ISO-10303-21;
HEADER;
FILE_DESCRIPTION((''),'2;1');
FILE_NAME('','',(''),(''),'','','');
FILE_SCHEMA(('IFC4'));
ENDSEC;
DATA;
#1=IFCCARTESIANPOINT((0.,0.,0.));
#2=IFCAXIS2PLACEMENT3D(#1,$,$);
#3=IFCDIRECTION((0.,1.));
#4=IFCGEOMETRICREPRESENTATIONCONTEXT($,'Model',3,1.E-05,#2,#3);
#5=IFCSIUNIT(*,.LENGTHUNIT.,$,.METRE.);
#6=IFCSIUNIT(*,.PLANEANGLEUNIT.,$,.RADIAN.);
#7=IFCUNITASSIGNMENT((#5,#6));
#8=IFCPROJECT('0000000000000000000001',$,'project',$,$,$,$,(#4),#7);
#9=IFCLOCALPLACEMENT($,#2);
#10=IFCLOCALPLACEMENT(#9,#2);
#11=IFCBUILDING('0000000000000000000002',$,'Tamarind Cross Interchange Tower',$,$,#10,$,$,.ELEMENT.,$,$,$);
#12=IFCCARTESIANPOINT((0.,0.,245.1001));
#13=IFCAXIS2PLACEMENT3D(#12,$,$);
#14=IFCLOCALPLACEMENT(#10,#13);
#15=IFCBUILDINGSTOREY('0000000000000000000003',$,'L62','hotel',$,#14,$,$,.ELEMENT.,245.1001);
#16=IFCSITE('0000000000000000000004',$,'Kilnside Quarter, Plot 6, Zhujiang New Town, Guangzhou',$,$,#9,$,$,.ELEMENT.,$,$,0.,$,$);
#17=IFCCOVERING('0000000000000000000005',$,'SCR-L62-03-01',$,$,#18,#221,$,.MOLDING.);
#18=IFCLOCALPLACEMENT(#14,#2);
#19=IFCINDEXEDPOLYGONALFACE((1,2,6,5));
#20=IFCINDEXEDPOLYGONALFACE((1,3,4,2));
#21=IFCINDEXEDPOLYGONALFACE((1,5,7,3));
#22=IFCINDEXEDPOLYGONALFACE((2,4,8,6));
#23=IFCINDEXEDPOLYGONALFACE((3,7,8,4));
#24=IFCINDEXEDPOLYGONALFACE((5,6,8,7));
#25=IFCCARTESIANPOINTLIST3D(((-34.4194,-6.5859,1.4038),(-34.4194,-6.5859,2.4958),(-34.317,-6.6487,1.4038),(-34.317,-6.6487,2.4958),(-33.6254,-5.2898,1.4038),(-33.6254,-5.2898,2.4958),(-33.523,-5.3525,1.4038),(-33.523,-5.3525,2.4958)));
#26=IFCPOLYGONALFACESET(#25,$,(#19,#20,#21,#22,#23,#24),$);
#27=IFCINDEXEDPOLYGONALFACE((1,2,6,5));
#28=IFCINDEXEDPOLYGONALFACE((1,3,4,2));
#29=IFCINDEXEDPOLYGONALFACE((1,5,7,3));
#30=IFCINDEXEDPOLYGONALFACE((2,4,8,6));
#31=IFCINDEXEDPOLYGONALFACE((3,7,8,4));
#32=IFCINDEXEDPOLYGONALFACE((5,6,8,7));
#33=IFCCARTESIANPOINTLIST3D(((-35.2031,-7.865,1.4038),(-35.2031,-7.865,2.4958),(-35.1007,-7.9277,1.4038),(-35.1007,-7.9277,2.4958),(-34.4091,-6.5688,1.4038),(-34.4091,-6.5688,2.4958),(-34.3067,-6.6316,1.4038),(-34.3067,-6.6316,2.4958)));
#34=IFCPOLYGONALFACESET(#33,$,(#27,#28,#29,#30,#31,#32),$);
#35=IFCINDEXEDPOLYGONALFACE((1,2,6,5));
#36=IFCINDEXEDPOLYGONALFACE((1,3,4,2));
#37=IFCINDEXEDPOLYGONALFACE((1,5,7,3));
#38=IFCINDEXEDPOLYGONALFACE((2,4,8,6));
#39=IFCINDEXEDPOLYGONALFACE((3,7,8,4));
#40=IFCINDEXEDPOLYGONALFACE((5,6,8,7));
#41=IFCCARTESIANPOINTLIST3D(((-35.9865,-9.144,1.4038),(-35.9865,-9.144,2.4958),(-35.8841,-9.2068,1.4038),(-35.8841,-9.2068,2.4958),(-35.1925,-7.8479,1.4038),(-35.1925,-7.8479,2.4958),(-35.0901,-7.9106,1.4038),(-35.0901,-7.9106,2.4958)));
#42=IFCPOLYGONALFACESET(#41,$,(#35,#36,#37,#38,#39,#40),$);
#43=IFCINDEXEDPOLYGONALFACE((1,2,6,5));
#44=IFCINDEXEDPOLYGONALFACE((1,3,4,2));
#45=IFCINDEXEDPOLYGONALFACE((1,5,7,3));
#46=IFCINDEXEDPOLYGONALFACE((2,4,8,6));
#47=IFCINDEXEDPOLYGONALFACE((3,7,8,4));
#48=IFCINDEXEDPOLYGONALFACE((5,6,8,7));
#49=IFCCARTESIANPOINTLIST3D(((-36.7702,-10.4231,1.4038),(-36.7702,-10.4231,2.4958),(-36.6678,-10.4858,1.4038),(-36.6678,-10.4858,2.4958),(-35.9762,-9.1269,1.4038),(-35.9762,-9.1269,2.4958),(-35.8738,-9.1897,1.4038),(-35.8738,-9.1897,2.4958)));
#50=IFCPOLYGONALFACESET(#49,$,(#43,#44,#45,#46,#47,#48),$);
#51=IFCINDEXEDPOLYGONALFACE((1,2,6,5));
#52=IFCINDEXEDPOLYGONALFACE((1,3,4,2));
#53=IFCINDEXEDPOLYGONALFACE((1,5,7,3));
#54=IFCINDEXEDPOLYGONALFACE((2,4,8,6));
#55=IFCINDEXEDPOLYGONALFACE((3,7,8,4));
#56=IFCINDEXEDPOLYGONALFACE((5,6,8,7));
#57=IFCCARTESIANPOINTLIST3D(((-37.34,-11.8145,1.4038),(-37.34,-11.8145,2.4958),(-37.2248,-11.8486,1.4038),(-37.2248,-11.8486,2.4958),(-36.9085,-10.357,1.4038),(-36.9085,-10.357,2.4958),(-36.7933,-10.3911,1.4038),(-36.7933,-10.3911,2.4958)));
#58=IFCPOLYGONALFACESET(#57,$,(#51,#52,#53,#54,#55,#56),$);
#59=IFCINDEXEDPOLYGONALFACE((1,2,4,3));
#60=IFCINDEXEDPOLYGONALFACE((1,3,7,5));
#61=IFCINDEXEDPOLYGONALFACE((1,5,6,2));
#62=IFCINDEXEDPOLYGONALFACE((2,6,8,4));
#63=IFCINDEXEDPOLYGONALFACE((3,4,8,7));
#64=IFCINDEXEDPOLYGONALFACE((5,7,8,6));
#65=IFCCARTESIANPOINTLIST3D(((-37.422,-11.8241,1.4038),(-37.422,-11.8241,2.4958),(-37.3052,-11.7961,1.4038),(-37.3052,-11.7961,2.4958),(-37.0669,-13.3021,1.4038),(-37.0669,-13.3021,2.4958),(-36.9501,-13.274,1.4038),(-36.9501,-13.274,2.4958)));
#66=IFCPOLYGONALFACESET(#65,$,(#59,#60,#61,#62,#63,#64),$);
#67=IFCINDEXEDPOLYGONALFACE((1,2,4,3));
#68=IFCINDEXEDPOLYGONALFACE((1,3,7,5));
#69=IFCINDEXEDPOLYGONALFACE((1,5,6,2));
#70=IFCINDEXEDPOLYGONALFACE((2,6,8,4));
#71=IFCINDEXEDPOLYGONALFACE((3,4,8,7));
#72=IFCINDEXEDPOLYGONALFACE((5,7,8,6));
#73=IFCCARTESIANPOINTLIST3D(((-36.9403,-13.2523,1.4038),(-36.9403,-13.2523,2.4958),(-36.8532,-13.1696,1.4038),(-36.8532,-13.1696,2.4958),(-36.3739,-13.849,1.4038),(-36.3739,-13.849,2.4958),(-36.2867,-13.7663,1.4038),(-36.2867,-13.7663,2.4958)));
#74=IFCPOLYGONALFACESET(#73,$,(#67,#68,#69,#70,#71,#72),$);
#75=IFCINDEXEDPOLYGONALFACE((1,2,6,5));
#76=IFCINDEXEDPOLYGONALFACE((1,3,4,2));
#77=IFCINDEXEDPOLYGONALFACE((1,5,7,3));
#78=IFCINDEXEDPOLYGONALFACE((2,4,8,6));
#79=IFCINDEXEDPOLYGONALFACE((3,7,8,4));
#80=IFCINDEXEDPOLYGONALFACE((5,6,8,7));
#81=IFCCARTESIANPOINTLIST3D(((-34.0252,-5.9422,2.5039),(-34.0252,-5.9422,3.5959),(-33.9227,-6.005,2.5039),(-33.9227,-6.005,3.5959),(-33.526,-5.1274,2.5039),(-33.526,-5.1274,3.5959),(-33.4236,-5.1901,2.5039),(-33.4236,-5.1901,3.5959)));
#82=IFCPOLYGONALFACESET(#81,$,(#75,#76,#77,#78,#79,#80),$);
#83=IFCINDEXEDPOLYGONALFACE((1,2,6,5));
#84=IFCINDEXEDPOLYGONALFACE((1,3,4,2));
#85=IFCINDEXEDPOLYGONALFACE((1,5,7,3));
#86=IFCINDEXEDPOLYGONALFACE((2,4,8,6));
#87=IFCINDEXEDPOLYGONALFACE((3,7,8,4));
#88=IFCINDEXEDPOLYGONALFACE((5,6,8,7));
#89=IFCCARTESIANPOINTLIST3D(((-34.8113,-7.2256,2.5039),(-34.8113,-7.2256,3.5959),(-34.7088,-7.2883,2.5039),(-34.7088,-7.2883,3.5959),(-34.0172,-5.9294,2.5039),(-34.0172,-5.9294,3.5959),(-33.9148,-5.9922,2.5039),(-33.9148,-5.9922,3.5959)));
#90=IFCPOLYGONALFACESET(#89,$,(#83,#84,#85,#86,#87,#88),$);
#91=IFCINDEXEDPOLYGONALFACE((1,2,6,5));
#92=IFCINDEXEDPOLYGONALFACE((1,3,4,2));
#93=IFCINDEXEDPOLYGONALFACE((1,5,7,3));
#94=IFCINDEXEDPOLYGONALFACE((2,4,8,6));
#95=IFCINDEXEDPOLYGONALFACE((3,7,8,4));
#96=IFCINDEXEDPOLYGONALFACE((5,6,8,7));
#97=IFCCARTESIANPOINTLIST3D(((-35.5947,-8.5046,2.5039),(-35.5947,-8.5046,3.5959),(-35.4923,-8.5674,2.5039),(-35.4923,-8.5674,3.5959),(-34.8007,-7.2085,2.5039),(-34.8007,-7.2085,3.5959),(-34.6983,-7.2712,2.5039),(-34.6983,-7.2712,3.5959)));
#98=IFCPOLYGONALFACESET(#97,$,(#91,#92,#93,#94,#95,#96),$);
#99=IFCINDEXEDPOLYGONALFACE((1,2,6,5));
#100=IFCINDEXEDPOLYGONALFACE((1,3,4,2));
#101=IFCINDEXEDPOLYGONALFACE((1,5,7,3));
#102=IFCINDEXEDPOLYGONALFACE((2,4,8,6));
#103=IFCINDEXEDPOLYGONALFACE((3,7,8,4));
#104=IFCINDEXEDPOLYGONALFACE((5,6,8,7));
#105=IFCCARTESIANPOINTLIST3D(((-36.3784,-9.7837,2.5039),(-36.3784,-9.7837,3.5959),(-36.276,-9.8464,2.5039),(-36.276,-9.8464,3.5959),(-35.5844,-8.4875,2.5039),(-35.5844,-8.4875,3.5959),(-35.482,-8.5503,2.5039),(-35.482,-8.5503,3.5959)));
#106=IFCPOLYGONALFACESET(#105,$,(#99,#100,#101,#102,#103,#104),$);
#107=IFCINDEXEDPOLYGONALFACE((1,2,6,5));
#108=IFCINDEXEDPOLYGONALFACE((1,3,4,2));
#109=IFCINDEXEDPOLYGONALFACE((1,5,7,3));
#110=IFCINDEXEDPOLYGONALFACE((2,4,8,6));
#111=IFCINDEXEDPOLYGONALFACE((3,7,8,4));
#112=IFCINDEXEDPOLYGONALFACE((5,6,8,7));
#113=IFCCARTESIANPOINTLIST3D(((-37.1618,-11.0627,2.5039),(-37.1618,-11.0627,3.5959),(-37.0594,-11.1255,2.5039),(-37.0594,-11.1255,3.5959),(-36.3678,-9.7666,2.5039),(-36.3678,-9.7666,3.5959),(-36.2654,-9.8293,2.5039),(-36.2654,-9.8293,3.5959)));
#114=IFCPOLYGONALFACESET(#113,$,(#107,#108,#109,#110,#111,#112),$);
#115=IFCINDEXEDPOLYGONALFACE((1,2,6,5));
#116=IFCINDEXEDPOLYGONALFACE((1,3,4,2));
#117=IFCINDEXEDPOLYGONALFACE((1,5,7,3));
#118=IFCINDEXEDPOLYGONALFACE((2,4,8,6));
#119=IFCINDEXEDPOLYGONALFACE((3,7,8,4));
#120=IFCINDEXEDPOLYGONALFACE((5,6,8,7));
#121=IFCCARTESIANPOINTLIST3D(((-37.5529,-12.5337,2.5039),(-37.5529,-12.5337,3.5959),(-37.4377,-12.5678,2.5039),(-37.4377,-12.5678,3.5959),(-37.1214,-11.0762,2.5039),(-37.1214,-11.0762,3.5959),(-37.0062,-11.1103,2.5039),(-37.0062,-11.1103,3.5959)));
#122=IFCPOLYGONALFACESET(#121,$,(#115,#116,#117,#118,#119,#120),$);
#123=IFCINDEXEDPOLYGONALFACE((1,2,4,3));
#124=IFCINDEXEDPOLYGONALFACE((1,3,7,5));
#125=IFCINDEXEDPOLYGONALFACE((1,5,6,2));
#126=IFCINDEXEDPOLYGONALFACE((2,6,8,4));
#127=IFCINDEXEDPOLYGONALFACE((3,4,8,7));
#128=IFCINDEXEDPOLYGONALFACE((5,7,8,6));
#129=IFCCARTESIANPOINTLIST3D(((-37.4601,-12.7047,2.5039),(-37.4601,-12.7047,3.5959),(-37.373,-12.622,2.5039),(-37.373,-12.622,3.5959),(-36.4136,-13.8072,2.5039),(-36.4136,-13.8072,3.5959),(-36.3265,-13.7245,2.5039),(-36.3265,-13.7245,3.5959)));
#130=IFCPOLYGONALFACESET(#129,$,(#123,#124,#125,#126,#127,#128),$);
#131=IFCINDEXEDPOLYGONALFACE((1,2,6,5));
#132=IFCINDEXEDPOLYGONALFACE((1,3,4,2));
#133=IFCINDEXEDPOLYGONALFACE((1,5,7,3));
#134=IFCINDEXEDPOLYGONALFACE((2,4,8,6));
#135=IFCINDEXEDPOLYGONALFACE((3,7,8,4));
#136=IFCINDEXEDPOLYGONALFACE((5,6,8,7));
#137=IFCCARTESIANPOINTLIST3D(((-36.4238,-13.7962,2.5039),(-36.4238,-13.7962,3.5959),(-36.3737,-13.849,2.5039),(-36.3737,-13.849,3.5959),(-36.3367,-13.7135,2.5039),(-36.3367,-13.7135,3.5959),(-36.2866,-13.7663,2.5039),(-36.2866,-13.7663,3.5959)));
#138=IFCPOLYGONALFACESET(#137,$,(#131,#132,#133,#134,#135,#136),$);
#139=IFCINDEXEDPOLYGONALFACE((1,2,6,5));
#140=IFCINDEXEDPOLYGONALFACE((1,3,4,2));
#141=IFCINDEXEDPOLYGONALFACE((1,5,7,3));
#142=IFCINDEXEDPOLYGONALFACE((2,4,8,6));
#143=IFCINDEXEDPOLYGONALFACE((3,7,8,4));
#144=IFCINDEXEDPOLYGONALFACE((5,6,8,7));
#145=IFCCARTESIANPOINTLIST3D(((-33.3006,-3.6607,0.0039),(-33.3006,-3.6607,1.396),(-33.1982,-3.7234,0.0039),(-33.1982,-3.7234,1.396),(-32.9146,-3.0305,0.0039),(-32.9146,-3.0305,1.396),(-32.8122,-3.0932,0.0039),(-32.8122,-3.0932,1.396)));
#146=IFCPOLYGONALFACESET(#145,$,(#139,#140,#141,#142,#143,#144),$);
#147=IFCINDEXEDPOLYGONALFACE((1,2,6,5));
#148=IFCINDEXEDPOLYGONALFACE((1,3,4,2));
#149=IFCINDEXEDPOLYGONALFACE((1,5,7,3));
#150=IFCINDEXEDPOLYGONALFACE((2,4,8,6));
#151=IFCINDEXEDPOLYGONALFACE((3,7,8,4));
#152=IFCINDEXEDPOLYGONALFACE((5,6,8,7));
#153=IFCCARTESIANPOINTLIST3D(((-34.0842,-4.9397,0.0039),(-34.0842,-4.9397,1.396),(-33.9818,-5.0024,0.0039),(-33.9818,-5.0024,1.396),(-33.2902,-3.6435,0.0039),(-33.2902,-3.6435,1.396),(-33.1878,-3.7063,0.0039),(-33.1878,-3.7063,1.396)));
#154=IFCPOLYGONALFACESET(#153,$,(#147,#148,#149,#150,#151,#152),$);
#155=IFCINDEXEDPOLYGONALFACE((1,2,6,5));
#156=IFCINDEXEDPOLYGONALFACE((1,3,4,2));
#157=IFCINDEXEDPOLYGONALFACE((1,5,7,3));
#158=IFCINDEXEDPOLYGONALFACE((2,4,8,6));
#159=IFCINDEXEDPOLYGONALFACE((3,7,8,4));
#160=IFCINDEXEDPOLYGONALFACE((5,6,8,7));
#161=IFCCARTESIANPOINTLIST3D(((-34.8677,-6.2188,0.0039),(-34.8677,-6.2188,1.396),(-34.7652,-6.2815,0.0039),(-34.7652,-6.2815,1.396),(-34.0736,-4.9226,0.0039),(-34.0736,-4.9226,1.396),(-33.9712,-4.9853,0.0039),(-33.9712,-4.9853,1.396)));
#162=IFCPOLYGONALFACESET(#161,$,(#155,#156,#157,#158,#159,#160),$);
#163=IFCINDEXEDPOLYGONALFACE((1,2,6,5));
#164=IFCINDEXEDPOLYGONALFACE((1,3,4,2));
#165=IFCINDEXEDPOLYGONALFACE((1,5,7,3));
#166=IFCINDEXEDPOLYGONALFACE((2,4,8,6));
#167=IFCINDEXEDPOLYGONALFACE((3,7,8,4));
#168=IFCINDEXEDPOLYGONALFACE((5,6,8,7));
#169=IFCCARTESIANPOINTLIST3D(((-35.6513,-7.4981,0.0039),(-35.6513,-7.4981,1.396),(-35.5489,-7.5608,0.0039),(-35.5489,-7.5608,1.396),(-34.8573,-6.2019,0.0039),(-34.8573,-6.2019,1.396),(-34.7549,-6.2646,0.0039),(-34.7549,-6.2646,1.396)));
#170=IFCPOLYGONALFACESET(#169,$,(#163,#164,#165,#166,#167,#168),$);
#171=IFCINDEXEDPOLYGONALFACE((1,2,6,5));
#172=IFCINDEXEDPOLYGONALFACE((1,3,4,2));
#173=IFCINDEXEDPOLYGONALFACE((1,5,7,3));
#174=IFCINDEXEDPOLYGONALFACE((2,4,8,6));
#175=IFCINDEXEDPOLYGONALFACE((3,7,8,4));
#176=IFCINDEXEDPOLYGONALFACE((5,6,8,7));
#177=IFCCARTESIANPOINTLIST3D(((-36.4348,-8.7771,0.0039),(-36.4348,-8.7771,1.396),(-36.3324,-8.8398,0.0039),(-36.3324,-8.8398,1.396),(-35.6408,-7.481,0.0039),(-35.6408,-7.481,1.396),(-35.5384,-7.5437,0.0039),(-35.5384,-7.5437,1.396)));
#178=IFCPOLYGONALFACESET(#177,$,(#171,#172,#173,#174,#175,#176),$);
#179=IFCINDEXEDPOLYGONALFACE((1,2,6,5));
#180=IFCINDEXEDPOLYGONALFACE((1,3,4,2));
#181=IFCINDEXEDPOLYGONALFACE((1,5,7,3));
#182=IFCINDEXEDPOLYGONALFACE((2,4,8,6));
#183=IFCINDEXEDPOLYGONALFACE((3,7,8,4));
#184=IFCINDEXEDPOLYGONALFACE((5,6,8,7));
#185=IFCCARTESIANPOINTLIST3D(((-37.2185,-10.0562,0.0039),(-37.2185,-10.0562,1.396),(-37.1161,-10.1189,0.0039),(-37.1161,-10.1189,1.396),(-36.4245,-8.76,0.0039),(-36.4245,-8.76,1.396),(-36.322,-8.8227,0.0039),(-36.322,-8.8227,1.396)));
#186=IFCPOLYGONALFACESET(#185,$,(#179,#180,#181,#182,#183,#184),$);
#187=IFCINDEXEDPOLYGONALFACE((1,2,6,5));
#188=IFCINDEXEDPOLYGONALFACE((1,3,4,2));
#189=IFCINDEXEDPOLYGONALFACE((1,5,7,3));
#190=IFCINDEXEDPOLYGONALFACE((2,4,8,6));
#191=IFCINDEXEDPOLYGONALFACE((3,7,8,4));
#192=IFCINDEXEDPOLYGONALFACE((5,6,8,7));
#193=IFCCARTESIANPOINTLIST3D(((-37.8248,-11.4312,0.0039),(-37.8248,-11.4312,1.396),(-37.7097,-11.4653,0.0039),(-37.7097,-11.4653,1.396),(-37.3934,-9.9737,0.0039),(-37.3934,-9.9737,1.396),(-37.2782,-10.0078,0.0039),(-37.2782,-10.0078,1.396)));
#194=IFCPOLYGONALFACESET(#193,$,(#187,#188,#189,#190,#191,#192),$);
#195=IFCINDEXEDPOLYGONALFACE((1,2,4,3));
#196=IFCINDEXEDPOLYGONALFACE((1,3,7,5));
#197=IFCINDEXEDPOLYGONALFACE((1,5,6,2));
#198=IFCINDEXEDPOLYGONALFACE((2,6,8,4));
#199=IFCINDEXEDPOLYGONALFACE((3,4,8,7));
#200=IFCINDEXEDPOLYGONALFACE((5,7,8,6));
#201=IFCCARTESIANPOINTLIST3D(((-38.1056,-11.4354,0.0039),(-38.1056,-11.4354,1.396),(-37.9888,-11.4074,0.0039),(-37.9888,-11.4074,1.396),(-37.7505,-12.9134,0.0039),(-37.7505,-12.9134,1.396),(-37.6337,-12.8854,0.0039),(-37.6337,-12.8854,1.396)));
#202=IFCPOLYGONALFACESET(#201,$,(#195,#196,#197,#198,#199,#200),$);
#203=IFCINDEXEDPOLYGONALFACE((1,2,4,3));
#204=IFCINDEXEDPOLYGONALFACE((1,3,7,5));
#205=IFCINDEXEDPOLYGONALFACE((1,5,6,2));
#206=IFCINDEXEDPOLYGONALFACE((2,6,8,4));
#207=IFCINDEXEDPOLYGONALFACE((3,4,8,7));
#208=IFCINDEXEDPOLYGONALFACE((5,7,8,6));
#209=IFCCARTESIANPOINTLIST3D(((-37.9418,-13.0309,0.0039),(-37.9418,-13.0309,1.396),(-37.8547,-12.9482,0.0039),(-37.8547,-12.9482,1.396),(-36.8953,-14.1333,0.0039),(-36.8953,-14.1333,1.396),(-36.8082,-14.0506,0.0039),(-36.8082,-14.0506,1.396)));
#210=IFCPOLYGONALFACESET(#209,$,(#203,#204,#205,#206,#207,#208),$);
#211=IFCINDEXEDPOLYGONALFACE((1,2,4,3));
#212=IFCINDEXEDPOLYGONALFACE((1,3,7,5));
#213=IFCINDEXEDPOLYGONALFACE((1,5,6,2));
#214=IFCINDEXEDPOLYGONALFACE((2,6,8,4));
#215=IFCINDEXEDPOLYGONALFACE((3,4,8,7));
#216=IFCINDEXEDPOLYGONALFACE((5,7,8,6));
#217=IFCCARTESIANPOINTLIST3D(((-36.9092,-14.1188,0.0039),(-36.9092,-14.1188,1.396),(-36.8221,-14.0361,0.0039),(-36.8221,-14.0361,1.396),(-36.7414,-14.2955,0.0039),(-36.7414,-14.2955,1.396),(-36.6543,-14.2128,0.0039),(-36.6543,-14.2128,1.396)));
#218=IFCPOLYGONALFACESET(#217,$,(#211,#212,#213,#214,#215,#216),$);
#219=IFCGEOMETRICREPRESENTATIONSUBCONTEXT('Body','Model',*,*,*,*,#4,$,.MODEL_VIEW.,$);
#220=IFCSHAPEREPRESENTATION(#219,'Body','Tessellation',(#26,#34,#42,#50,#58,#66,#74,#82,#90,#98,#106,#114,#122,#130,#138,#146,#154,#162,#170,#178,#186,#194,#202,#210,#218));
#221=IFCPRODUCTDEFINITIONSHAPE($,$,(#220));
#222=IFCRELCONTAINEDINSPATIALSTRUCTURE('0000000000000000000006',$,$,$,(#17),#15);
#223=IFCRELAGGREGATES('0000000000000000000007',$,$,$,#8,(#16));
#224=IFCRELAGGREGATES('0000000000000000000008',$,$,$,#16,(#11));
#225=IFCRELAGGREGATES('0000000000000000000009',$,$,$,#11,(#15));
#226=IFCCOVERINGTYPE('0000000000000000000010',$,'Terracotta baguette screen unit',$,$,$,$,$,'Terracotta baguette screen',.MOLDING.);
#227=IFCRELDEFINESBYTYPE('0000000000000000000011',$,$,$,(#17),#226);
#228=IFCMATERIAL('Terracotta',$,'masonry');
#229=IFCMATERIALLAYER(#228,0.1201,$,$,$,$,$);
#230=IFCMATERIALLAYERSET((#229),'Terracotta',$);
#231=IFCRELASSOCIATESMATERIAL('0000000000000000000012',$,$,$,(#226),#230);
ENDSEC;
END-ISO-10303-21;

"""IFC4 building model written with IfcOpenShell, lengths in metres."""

from ifc_helpers import new_model, si_unit, direction, frame, origin, origin_2d, place, context, subcontext, project, spatial, rectangle, extrude, material, layer, layer_set, type_object, element, save


model = new_model("IFC4")

# Units and contexts
model_context = context("Model", 3, precision=1e-05, world=origin(), true_north=direction((0.0, 1.0)))
body_context = subcontext(model_context, "Body", "Model", "MODEL_VIEW")
ifc_project = project(units=[si_unit("LENGTHUNIT", "METRE"), si_unit("PLANEANGLEUNIT", "RADIAN")], contexts=[model_context])

# Site, building, storey
site_placement = place(None, origin())
site = spatial("IfcSite", under=ifc_project, at=site_placement, Name="Kilnside Quarter, Plot 6, Zhujiang New Town, Guangzhou", CompositionType="ELEMENT", RefElevation=0.0)
building_placement = place(site_placement, origin())
building = spatial("IfcBuilding", under=site, at=building_placement, Name="Tamarind Cross Interchange Tower", CompositionType="ELEMENT")
storey_placement = place(building_placement, frame((0.0, 0.0, 245.1001)))
storey = spatial("IfcBuildingStorey", under=building, at=storey_placement, Name="L62", Description="hotel", CompositionType="ELEMENT", Elevation=245.1001)

# Covering
ifc_material_1 = material(Name="Terracotta", Category="masonry")
ifc_layer_1 = layer(ifc_material_1, 0.1201)
ifc_layer_set_1 = layer_set([ifc_layer_1], Name="Terracotta")
covering_type = type_object("IfcCoveringType", Name="Terracotta baguette screen unit", ElementType="Terracotta baguette screen", PredefinedType="MOLDING", material=ifc_layer_set_1)
covering_1_placement = place(storey_placement, origin())
element("IfcCovering", 1, at=covering_1_placement, inside=storey, type_object=covering_type, Name="SCR-L62-03-01", PredefinedType="MOLDING", context=body_context, shape_type="SweptSolid", body=[
    extrude(rectangle(XDim=1.52, YDim=0.1201, at=origin_2d()), frame((-33.9712, -5.9692, 1.4038), z_axis=(0.0, 0.0, 1.0), x_axis=(-0.522368, -0.85272, 0.0)), (0.0, 0.0, 1.0), 1.092),
    extrude(rectangle(XDim=1.52, YDim=0.1201, at=origin_2d()), frame((-34.7549, -7.2483, 1.4038), z_axis=(0.0, 0.0, 1.0), x_axis=(-0.522368, -0.85272, 0.0)), (0.0, 0.0, 1.0), 1.092),
    extrude(rectangle(XDim=1.52, YDim=0.1201, at=origin_2d()), frame((-35.5383, -8.5273, 1.4038), z_axis=(0.0, 0.0, 1.0), x_axis=(-0.522368, -0.85272, 0.0)), (0.0, 0.0, 1.0), 1.092),
    extrude(rectangle(XDim=1.52, YDim=0.1201, at=origin_2d()), frame((-36.322, -9.8064, 1.4038), z_axis=(0.0, 0.0, 1.0), x_axis=(-0.522368, -0.85272, 0.0)), (0.0, 0.0, 1.0), 1.092),
    extrude(rectangle(XDim=1.52, YDim=0.1201, at=origin_2d()), frame((-37.0667, -11.1028, 1.4038), z_axis=(0.0, 0.0, 1.0), x_axis=(-0.283868, -0.958863, 0.0)), (0.0, 0.0, 1.0), 1.092),
    extrude(rectangle(XDim=1.52, YDim=0.1201, at=origin_2d()), frame((-37.186, -12.5491, 1.4038), z_axis=(0.0, 0.0, 1.0), x_axis=(0.233595, -0.972334, 0.0)), (0.0, 0.0, 1.0), 1.092),
    extrude(rectangle(XDim=0.8228, YDim=0.1201, at=origin_2d()), frame((-36.6135, -13.5093, 1.4038), z_axis=(0.0, 0.0, 1.0), x_axis=(0.688466, -0.725269, 0.0)), (0.0, 0.0, 1.0), 1.092),
    extrude(rectangle(XDim=0.9556, YDim=0.1201, at=origin_2d()), frame((-33.7244, -5.5662, 2.5039), z_axis=(0.0, 0.0, 1.0), x_axis=(-0.522368, -0.85272, 0.0)), (0.0, 0.0, 1.0), 1.092),
    extrude(rectangle(XDim=1.52, YDim=0.1201, at=origin_2d()), frame((-34.363, -6.6089, 2.5039), z_axis=(0.0, 0.0, 1.0), x_axis=(-0.522368, -0.85272, 0.0)), (0.0, 0.0, 1.0), 1.092),
    extrude(rectangle(XDim=1.52, YDim=0.1201, at=origin_2d()), frame((-35.1465, -7.8879, 2.5039), z_axis=(0.0, 0.0, 1.0), x_axis=(-0.522368, -0.85272, 0.0)), (0.0, 0.0, 1.0), 1.092),
    extrude(rectangle(XDim=1.52, YDim=0.1201, at=origin_2d()), frame((-35.9302, -9.167, 2.5039), z_axis=(0.0, 0.0, 1.0), x_axis=(-0.522368, -0.85272, 0.0)), (0.0, 0.0, 1.0), 1.092),
    extrude(rectangle(XDim=1.52, YDim=0.1201, at=origin_2d()), frame((-36.7136, -10.446, 2.5039), z_axis=(0.0, 0.0, 1.0), x_axis=(-0.522368, -0.85272, 0.0)), (0.0, 0.0, 1.0), 1.092),
    extrude(rectangle(XDim=1.52, YDim=0.1201, at=origin_2d()), frame((-37.2795, -11.822, 2.5039), z_axis=(0.0, 0.0, 1.0), x_axis=(-0.283868, -0.958863, 0.0)), (0.0, 0.0, 1.0), 1.092),
    extrude(rectangle(XDim=1.52, YDim=0.1201, at=origin_2d()), frame((-36.8933, -13.2146, 2.5039), z_axis=(0.0, 0.0, 1.0), x_axis=(0.688466, -0.725269, 0.0)), (0.0, 0.0, 1.0), 1.092),
    extrude(rectangle(XDim=0.0728, YDim=0.1201, at=origin_2d()), frame((-36.3552, -13.7812, 2.5039), z_axis=(0.0, 0.0, 1.0), x_axis=(0.688466, -0.725269, 0.0)), (0.0, 0.0, 1.0), 1.092),
    extrude(rectangle(XDim=0.739, YDim=0.1201, at=origin_2d()), frame((-33.0564, -3.377, 0.0039), z_axis=(0.0, 0.0, 1.0), x_axis=(-0.522368, -0.85272, 0.0)), (0.0, 0.0, 1.0), 1.3921),
    extrude(rectangle(XDim=1.52, YDim=0.1201, at=origin_2d()), frame((-33.636, -4.323, 0.0039), z_axis=(0.0, 0.0, 1.0), x_axis=(-0.522368, -0.85272, 0.0)), (0.0, 0.0, 1.0), 1.3921),
    extrude(rectangle(XDim=1.52, YDim=0.1201, at=origin_2d()), frame((-34.4194, -5.6021, 0.0039), z_axis=(0.0, 0.0, 1.0), x_axis=(-0.522368, -0.85272, 0.0)), (0.0, 0.0, 1.0), 1.3921),
    extrude(rectangle(XDim=1.52, YDim=0.1201, at=origin_2d()), frame((-35.2031, -6.8813, 0.0039), z_axis=(0.0, 0.0, 1.0), x_axis=(-0.522368, -0.85272, 0.0)), (0.0, 0.0, 1.0), 1.3921),
    extrude(rectangle(XDim=1.52, YDim=0.1201, at=origin_2d()), frame((-35.9866, -8.1604, 0.0039), z_axis=(0.0, 0.0, 1.0), x_axis=(-0.522368, -0.85272, 0.0)), (0.0, 0.0, 1.0), 1.3921),
    extrude(rectangle(XDim=1.52, YDim=0.1201, at=origin_2d()), frame((-36.7703, -9.4395, 0.0039), z_axis=(0.0, 0.0, 1.0), x_axis=(-0.522368, -0.85272, 0.0)), (0.0, 0.0, 1.0), 1.3921),
    extrude(rectangle(XDim=1.52, YDim=0.1201, at=origin_2d()), frame((-37.5515, -10.7195, 0.0039), z_axis=(0.0, 0.0, 1.0), x_axis=(-0.283868, -0.958863, 0.0)), (0.0, 0.0, 1.0), 1.3921),
    extrude(rectangle(XDim=1.52, YDim=0.1201, at=origin_2d()), frame((-37.8696, -12.1604, 0.0039), z_axis=(0.0, 0.0, 1.0), x_axis=(0.233595, -0.972334, 0.0)), (0.0, 0.0, 1.0), 1.3921),
    extrude(rectangle(XDim=1.52, YDim=0.1201, at=origin_2d()), frame((-37.375, -13.5408, 0.0039), z_axis=(0.0, 0.0, 1.0), x_axis=(0.688466, -0.725269, 0.0)), (0.0, 0.0, 1.0), 1.3921),
    extrude(rectangle(XDim=0.2437, YDim=0.1201, at=origin_2d()), frame((-36.7817, -14.1658, 0.0039), z_axis=(0.0, 0.0, 1.0), x_axis=(0.688466, -0.725269, 0.0)), (0.0, 0.0, 1.0), 1.3921),
])

save(model, "model.ifc")
